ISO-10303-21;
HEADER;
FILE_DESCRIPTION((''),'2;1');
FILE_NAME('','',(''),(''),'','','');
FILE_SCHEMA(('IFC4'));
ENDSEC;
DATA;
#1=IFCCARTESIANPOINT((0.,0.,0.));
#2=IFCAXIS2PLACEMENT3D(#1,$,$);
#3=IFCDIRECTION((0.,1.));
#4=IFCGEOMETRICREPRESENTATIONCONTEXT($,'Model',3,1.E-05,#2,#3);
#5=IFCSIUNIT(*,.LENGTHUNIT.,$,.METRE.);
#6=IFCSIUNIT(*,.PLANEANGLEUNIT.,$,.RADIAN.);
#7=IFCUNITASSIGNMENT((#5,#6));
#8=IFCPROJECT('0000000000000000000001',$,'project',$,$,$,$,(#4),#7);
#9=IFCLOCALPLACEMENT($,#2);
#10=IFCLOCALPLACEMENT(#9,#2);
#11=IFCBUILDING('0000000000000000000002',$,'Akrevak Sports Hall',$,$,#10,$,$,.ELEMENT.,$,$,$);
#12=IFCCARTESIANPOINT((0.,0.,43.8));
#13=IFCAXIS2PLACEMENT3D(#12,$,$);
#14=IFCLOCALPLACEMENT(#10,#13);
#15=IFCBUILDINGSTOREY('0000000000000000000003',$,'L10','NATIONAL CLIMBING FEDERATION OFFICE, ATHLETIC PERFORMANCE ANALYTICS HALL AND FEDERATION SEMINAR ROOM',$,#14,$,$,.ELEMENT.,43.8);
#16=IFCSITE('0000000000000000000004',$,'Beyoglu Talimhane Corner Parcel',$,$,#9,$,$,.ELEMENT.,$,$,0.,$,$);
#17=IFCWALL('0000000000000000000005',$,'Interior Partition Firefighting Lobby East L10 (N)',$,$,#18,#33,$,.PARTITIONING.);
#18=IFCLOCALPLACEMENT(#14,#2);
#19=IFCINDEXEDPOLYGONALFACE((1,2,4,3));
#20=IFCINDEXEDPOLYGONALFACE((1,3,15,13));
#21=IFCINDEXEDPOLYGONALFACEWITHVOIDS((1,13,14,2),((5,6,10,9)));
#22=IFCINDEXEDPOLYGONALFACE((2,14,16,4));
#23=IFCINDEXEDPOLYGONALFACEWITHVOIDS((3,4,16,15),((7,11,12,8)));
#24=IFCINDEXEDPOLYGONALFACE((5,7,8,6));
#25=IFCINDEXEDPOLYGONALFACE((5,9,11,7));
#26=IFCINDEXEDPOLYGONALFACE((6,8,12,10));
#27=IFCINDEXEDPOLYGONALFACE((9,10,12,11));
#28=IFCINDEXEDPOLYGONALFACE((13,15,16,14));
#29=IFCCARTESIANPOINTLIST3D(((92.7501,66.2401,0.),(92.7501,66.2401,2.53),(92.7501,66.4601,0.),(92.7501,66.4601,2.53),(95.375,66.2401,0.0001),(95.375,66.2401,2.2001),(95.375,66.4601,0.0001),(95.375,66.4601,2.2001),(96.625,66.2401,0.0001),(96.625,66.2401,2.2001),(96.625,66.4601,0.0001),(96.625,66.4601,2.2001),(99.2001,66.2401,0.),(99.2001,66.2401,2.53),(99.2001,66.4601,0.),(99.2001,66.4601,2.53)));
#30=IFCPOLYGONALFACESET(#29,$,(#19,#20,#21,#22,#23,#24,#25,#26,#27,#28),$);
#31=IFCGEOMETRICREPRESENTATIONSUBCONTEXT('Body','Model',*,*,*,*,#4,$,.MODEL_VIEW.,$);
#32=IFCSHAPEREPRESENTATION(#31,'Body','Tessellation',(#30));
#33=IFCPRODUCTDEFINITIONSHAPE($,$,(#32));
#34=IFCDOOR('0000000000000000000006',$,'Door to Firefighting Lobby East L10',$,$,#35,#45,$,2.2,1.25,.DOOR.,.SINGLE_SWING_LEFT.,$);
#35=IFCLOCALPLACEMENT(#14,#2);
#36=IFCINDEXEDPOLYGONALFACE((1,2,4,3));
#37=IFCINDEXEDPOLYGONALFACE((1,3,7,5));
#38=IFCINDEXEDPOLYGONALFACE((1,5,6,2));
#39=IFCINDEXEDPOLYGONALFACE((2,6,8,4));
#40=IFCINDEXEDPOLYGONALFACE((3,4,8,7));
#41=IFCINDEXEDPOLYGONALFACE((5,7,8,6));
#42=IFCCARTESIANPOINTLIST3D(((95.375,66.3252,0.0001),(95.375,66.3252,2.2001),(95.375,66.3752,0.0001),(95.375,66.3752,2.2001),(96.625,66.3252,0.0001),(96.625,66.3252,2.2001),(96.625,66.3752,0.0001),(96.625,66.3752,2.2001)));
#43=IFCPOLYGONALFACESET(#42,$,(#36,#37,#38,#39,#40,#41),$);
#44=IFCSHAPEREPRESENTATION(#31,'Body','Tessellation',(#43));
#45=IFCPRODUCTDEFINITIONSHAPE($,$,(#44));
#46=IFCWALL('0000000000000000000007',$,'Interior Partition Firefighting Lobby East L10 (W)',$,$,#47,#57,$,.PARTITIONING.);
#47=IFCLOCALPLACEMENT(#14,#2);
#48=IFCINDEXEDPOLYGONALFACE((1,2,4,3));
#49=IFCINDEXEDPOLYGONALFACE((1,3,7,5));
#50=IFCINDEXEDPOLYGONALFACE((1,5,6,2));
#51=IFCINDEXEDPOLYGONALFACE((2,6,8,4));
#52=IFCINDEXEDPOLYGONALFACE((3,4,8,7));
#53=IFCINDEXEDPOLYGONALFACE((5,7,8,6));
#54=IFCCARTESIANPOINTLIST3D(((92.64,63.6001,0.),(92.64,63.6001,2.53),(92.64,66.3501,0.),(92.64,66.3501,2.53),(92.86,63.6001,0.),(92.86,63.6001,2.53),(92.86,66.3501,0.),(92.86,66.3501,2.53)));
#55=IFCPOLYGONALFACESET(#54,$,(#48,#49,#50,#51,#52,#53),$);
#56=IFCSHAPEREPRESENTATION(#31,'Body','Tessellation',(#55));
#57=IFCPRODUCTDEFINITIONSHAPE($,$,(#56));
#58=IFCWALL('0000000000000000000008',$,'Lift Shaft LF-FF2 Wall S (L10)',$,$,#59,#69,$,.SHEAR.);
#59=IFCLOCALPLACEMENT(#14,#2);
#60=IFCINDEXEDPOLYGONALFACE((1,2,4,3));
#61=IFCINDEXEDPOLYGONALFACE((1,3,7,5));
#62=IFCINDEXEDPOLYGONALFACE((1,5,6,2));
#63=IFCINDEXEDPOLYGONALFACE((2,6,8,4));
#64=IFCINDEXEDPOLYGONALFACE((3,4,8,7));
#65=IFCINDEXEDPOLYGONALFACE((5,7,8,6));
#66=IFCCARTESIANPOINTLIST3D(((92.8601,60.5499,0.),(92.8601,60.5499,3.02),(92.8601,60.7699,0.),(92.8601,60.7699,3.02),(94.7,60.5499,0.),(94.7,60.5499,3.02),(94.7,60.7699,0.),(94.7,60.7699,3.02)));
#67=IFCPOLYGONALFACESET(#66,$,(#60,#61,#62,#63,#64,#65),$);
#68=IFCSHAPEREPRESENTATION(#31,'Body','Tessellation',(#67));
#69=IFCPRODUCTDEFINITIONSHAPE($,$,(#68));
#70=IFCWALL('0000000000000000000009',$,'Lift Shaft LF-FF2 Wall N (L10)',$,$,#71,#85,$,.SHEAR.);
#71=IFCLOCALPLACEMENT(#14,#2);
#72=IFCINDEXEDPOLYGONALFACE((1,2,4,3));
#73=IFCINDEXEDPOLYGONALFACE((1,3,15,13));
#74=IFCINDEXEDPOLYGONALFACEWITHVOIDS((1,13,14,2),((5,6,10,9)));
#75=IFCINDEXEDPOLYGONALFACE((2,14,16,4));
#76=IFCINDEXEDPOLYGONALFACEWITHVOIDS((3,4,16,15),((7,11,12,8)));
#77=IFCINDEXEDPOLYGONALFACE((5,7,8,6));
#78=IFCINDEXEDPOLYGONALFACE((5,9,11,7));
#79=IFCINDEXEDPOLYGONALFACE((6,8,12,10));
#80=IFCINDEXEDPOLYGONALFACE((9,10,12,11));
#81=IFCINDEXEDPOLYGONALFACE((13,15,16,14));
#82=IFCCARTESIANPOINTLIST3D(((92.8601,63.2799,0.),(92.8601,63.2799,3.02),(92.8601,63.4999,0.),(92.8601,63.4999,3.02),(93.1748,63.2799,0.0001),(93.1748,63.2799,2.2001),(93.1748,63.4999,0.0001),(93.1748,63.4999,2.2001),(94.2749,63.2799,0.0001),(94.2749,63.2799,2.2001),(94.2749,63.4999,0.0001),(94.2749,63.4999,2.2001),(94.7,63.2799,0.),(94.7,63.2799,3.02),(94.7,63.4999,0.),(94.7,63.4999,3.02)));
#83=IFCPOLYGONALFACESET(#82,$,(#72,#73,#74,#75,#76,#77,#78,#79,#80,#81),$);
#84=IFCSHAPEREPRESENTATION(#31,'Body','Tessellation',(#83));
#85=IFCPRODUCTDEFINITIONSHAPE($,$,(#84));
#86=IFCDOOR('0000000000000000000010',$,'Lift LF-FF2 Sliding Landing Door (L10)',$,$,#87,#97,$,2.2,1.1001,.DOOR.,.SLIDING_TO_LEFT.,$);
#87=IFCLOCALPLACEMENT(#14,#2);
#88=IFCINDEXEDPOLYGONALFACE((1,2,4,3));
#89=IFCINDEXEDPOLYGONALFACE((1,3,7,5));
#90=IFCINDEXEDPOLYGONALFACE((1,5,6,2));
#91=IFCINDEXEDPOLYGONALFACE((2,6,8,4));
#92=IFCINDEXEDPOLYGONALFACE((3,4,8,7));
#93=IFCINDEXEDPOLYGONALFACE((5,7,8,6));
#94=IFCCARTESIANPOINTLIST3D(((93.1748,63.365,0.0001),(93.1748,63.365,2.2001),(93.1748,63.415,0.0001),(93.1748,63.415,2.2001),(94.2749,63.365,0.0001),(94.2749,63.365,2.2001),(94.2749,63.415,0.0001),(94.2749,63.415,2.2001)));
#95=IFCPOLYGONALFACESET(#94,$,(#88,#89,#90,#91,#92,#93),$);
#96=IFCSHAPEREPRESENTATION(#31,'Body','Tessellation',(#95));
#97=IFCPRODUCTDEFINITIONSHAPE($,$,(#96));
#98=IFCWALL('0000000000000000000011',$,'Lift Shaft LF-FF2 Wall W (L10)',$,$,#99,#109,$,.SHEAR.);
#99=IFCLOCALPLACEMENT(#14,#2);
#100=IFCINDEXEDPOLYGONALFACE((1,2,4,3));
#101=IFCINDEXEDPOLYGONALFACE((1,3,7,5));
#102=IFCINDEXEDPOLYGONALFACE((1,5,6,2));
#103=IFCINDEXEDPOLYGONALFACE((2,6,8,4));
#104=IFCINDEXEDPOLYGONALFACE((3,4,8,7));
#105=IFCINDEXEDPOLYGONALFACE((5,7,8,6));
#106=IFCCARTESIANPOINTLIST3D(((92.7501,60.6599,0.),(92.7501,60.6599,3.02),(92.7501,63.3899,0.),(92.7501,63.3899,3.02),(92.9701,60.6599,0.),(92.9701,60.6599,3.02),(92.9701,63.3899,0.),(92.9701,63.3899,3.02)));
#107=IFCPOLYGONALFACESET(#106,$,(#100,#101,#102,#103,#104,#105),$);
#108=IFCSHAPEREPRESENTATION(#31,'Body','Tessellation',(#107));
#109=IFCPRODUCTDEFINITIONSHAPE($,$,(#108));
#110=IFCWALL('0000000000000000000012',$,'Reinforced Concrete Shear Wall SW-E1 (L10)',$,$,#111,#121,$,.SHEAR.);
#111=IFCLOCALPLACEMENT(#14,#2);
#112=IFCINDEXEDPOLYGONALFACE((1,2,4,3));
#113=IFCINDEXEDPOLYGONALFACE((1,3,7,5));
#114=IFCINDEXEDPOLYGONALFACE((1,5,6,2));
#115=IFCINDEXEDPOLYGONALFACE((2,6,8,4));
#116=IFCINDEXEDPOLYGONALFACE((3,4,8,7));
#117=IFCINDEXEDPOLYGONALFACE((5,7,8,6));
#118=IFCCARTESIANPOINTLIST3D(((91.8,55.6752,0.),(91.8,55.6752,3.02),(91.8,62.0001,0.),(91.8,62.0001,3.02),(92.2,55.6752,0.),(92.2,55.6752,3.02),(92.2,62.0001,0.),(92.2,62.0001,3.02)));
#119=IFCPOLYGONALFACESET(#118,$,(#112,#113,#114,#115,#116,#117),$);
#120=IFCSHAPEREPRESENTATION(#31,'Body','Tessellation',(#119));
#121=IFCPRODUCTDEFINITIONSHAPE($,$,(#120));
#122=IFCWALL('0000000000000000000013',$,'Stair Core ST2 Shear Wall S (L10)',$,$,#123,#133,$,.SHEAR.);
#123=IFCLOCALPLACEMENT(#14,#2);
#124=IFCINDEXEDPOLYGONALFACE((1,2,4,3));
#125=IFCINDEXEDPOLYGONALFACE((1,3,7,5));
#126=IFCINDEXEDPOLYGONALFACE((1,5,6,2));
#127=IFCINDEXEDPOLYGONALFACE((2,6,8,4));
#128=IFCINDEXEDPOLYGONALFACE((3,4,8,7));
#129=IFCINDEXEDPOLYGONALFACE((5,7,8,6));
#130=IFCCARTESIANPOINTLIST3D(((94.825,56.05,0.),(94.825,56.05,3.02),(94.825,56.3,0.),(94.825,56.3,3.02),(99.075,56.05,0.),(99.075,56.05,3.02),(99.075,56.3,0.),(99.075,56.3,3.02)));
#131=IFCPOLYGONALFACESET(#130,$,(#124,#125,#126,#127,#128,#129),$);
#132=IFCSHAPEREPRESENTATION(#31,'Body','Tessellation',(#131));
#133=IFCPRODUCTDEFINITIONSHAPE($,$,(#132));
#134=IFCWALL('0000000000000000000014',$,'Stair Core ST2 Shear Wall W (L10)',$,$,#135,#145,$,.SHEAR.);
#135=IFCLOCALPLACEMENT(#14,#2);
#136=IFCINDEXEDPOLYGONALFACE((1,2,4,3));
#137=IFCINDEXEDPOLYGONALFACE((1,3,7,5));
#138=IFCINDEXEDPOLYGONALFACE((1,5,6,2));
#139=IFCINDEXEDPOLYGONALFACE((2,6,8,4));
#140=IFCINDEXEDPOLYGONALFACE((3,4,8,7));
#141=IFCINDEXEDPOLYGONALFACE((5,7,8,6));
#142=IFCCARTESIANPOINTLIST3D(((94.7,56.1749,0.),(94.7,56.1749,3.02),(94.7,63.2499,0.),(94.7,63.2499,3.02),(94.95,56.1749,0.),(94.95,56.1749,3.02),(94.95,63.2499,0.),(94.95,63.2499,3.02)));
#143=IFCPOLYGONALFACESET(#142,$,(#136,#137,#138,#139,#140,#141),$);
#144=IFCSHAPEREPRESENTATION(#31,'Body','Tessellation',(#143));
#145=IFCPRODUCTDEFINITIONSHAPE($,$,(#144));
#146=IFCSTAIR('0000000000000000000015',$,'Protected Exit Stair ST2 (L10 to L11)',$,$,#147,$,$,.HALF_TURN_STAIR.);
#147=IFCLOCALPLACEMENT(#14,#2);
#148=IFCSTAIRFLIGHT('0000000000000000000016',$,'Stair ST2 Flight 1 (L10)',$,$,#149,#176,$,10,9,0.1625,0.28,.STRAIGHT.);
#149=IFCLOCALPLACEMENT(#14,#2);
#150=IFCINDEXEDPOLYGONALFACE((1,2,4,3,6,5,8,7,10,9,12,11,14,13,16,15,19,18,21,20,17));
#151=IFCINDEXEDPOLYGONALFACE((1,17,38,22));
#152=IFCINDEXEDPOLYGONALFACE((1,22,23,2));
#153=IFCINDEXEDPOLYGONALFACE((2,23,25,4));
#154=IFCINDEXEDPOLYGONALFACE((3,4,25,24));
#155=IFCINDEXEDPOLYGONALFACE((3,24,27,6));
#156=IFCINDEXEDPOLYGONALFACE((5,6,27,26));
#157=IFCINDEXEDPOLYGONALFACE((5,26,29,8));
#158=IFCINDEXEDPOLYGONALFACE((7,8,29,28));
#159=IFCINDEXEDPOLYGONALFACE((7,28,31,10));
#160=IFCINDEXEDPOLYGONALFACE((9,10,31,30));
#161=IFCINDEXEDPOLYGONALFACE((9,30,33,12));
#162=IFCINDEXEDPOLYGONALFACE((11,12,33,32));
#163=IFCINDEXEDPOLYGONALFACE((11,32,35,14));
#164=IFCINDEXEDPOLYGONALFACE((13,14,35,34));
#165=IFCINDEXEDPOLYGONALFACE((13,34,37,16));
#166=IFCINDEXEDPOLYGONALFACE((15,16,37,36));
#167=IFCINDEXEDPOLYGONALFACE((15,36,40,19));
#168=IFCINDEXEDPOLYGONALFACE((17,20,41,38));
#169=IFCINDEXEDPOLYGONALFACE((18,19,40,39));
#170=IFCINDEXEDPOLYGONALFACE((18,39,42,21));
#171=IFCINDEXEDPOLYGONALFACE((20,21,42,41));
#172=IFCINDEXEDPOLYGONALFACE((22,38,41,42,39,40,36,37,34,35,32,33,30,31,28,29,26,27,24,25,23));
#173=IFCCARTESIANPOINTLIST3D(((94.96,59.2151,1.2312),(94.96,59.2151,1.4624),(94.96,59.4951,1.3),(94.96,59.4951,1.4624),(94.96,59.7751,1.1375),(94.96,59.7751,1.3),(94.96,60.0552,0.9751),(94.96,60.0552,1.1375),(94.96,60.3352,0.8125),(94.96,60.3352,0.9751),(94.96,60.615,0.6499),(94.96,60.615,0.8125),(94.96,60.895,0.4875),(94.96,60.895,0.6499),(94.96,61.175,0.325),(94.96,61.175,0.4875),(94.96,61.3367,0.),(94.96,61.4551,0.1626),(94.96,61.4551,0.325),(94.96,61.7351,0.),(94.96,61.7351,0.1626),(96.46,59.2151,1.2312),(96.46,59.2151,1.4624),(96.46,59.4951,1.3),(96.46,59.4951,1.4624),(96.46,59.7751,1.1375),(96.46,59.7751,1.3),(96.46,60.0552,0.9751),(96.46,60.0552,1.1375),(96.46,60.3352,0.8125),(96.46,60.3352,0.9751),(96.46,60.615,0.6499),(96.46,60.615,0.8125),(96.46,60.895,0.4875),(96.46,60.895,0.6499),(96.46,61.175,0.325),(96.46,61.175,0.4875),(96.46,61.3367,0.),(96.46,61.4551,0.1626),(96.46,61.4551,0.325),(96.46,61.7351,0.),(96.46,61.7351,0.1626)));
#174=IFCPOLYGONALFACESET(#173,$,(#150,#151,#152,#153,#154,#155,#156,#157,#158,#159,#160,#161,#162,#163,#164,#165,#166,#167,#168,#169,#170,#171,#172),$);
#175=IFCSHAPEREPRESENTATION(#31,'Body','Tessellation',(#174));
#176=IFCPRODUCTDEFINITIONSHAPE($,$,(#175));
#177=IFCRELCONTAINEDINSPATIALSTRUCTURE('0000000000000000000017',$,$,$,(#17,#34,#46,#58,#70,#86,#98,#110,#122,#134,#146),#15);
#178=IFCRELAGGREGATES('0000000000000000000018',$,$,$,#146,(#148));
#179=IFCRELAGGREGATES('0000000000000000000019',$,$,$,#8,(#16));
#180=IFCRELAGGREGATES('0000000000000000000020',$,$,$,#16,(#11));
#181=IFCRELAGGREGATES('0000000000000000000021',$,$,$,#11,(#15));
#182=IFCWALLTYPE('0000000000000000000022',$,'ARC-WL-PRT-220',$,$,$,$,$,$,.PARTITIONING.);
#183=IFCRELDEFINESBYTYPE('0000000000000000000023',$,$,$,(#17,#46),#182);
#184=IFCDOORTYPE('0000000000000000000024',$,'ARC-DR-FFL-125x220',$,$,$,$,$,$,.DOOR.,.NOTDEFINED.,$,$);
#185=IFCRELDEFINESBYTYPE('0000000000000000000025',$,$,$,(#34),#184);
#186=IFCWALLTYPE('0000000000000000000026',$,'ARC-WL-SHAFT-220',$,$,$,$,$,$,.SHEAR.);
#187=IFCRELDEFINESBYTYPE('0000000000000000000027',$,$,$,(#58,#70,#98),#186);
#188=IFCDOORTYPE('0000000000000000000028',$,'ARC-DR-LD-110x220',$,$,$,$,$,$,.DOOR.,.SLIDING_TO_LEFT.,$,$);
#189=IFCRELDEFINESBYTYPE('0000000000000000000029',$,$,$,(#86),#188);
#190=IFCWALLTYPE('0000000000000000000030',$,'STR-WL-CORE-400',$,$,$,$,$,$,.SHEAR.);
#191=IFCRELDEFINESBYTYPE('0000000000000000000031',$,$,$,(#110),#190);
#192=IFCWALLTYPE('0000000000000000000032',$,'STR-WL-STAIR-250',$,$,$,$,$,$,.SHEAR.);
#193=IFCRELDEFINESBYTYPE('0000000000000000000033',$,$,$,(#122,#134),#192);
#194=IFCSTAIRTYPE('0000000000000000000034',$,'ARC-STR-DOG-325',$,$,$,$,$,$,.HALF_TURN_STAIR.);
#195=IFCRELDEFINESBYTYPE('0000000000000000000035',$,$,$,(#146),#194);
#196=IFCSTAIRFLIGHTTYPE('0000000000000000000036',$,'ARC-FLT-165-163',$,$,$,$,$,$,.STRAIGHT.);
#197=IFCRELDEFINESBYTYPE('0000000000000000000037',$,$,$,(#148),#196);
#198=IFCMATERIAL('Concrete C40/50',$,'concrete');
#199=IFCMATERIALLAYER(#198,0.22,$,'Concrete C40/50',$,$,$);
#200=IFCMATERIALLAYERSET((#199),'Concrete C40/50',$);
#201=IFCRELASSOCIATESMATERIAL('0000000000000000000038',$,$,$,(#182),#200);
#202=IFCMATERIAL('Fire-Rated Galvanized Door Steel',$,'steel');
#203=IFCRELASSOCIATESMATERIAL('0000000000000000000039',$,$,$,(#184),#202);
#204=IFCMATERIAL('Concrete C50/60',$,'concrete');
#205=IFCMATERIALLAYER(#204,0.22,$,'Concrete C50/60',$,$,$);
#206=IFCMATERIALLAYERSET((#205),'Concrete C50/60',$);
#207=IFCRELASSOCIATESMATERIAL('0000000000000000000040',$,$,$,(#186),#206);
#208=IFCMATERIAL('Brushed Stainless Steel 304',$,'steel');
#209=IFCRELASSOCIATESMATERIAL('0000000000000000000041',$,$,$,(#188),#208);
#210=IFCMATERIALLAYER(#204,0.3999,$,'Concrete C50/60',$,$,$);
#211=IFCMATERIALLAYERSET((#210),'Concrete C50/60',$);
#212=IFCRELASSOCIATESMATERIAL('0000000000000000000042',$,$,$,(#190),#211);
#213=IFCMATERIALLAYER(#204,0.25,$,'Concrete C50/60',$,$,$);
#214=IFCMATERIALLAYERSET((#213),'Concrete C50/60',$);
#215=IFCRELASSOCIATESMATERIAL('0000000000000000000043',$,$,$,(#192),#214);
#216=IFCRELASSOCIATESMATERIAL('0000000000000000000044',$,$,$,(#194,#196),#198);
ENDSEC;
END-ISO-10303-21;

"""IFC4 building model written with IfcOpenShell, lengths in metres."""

from ifc_helpers import new_model, si_unit, direction, frame, frame_2d, origin, place, context, subcontext, project, spatial, polyline, rectangle, outline, extrude, material, layer, layer_set, type_object, element, fill, aggregate, save


model = new_model("IFC4")

# Units and contexts
model_context = context("Model", 3, precision=1e-05, world=origin(), true_north=direction((0.0, 1.0)))
body_context = subcontext(model_context, "Body", "Model", "MODEL_VIEW")
ifc_project = project(units=[si_unit("LENGTHUNIT", "METRE"), si_unit("PLANEANGLEUNIT", "RADIAN")], contexts=[model_context])

# Site, building, storey
site_placement = place(None, origin())
site = spatial("IfcSite", under=ifc_project, at=site_placement, Name="Beyoglu Talimhane Corner Parcel", CompositionType="ELEMENT", RefElevation=0.0)
building_placement = place(site_placement, origin())
building = spatial("IfcBuilding", under=site, at=building_placement, Name="Akrevak Sports Hall", CompositionType="ELEMENT")
storey_placement = place(building_placement, frame((0.0, 0.0, 43.8)))
storey = spatial("IfcBuildingStorey", under=building, at=storey_placement, Name="L10", Description="NATIONAL CLIMBING FEDERATION OFFICE, ATHLETIC PERFORMANCE ANALYTICS HALL AND FEDERATION SEMINAR ROOM", CompositionType="ELEMENT", Elevation=43.8)

# Shared definitions
ifc_material_1 = material(Name="Concrete C50/60", Category="concrete")
ifc_material_2 = material(Name="Concrete C40/50", Category="concrete")

# Shared definitions
ifc_layer_1 = layer(ifc_material_2, 0.22, Name="Concrete C40/50")
ifc_layer_set_1 = layer_set([ifc_layer_1], Name="Concrete C40/50")
wall_type_1 = type_object("IfcWallType", Name="ARC-WL-PRT-220", PredefinedType="PARTITIONING", material=ifc_layer_set_1)

# Wall, opening, door
wall_1_placement = place(storey_placement, frame((92.75, 66.3501, 0.0), z_axis=(0.0, 0.0, 1.0), x_axis=(1.0, 0.0, 0.0)))
wall_1 = element("IfcWall", 1, at=wall_1_placement, inside=storey, type_object=wall_type_1, Name="Interior Partition Firefighting Lobby East L10 (N)", PredefinedType="PARTITIONING", context=body_context, shape_type="SweptSolid", body=[
    extrude(rectangle(XDim=6.45, YDim=0.22, at=frame_2d((3.2251, 0.0))), origin(), (0.0, 0.0, 1.0), 2.53),
])
opening_1_placement = place(wall_1_placement, frame((2.625, 0.0, 0.0)))
opening_1 = element("IfcOpeningElement", 2, at=opening_1_placement, cuts=wall_1, PredefinedType="OPENING", context=body_context, shape_type="SweptSolid", body=[
    extrude(rectangle(XDim=1.25, YDim=2.2, at=frame_2d((0.625, 1.1001))), frame((0.0, 0.1221, 0.0), z_axis=(0.0, -1.0, 0.0), x_axis=(1.0, 0.0, 0.0)), (0.0, 0.0, 1.0), 0.2439),
])
ifc_material_3 = material(Name="Fire-Rated Galvanized Door Steel", Category="steel")
door_type_1 = type_object("IfcDoorType", Name="ARC-DR-FFL-125x220", OperationType="NOTDEFINED", PredefinedType="DOOR", material=ifc_material_3)
door_1_placement = place(opening_1_placement, frame((1.25, 0.0, 0.0), z_axis=(0.0, 0.0, 1.0), x_axis=(-1.0, 0.0, 0.0)))
door_1 = element("IfcDoor", 3, at=door_1_placement, inside=storey, type_object=door_type_1, Name="Door to Firefighting Lobby East L10", OperationType="SINGLE_SWING_LEFT", OverallHeight=2.2, OverallWidth=1.25, PredefinedType="DOOR", context=body_context, shape_type="SweptSolid", body=[
    extrude(rectangle(XDim=1.25, YDim=2.2, at=frame_2d((0.625, 1.1001))), frame((0.0, 0.0249, 0.0), z_axis=(0.0, -1.0, 0.0), x_axis=(1.0, 0.0, 0.0)), (0.0, 0.0, 1.0), 0.05),
])
fill(opening_1, door_1)

# Walls
wall_2_placement = place(storey_placement, frame((92.75, 63.6001, 0.0), z_axis=(0.0, 0.0, 1.0), x_axis=(0.0, 1.0, 0.0)))
element("IfcWall", 4, at=wall_2_placement, inside=storey, type_object=wall_type_1, Name="Interior Partition Firefighting Lobby East L10 (W)", PredefinedType="PARTITIONING", context=body_context, shape_type="SweptSolid", body=[
    extrude(rectangle(XDim=2.75, YDim=0.22, at=frame_2d((1.375, 0.0))), origin(), (0.0, 0.0, 1.0), 2.53),
])
ifc_layer_2 = layer(ifc_material_1, 0.22, Name="Concrete C50/60")
ifc_layer_set_2 = layer_set([ifc_layer_2], Name="Concrete C50/60")
wall_type_2 = type_object("IfcWallType", Name="ARC-WL-SHAFT-220", PredefinedType="SHEAR", material=ifc_layer_set_2)
wall_3_placement = place(storey_placement, frame((92.8601, 60.6599, 0.0), z_axis=(0.0, 0.0, 1.0), x_axis=(1.0, 0.0, 0.0)))
element("IfcWall", 5, at=wall_3_placement, inside=storey, type_object=wall_type_2, Name="Lift Shaft LF-FF2 Wall S (L10)", PredefinedType="SHEAR", context=body_context, shape_type="SweptSolid", body=[
    extrude(rectangle(XDim=1.8398, YDim=0.22, at=frame_2d((0.9199, 0.0))), origin(), (0.0, 0.0, 1.0), 3.02),
])

# Wall, opening, door
wall_4_placement = place(storey_placement, frame((94.7, 63.3899, 0.0), z_axis=(0.0, 0.0, 1.0), x_axis=(-1.0, 0.0, 0.0)))
wall_4 = element("IfcWall", 6, at=wall_4_placement, inside=storey, type_object=wall_type_2, Name="Lift Shaft LF-FF2 Wall N (L10)", PredefinedType="SHEAR", context=body_context, shape_type="SweptSolid", body=[
    extrude(rectangle(XDim=1.8398, YDim=0.22, at=frame_2d((0.9199, 0.0))), origin(), (0.0, 0.0, 1.0), 3.02),
])
opening_2_placement = place(wall_4_placement, frame((0.425, 0.0, 0.0)))
opening_2 = element("IfcOpeningElement", 7, at=opening_2_placement, cuts=wall_4, PredefinedType="OPENING", context=body_context, shape_type="SweptSolid", body=[
    extrude(rectangle(XDim=1.1001, YDim=2.2, at=frame_2d((0.55, 1.1001))), frame((0.0, 0.1221, 0.0), z_axis=(0.0, -1.0, 0.0), x_axis=(1.0, 0.0, 0.0)), (0.0, 0.0, 1.0), 0.2439),
])
ifc_material_4 = material(Name="Brushed Stainless Steel 304", Category="steel")
door_type_2 = type_object("IfcDoorType", Name="ARC-DR-LD-110x220", OperationType="SLIDING_TO_LEFT", PredefinedType="DOOR", material=ifc_material_4)
door_2_placement = place(opening_2_placement, origin())
door_2 = element("IfcDoor", 8, at=door_2_placement, inside=storey, type_object=door_type_2, Name="Lift LF-FF2 Sliding Landing Door (L10)", OperationType="SLIDING_TO_LEFT", OverallHeight=2.2, OverallWidth=1.1001, PredefinedType="DOOR", context=body_context, shape_type="SweptSolid", body=[
    extrude(rectangle(XDim=1.1001, YDim=2.2, at=frame_2d((0.55, 1.1001))), frame((0.0, 0.0249, 0.0), z_axis=(0.0, -1.0, 0.0), x_axis=(1.0, 0.0, 0.0)), (0.0, 0.0, 1.0), 0.05),
])
fill(opening_2, door_2)

# Walls
wall_5_placement = place(storey_placement, frame((92.8601, 63.3899, 0.0), z_axis=(0.0, 0.0, 1.0), x_axis=(0.0, -1.0, 0.0)))
element("IfcWall", 9, at=wall_5_placement, inside=storey, type_object=wall_type_2, Name="Lift Shaft LF-FF2 Wall W (L10)", PredefinedType="SHEAR", context=body_context, shape_type="SweptSolid", body=[
    extrude(rectangle(XDim=2.73, YDim=0.22, at=frame_2d((1.365, 0.0))), origin(), (0.0, 0.0, 1.0), 3.02),
])
ifc_layer_3 = layer(ifc_material_1, 0.3999, Name="Concrete C50/60")
ifc_layer_set_3 = layer_set([ifc_layer_3], Name="Concrete C50/60")
wall_type_3 = type_object("IfcWallType", Name="STR-WL-CORE-400", PredefinedType="SHEAR", material=ifc_layer_set_3)
wall_6_placement = place(storey_placement, frame((92.0, 55.675, 0.0), z_axis=(0.0, 0.0, 1.0), x_axis=(0.0, 1.0, 0.0)))
element("IfcWall", 10, at=wall_6_placement, inside=storey, type_object=wall_type_3, Name="Reinforced Concrete Shear Wall SW-E1 (L10)", PredefinedType="SHEAR", context=body_context, shape_type="SweptSolid", body=[
    extrude(rectangle(XDim=6.325, YDim=0.3999, at=frame_2d((3.1626, 0.0))), origin(), (0.0, 0.0, 1.0), 3.02),
])
ifc_layer_4 = layer(ifc_material_1, 0.25, Name="Concrete C50/60")
ifc_layer_set_4 = layer_set([ifc_layer_4], Name="Concrete C50/60")
wall_type_4 = type_object("IfcWallType", Name="STR-WL-STAIR-250", PredefinedType="SHEAR", material=ifc_layer_set_4)
wall_7_placement = place(storey_placement, frame((94.825, 56.175, 0.0), z_axis=(0.0, 0.0, 1.0), x_axis=(1.0, 0.0, 0.0)))
element("IfcWall", 11, at=wall_7_placement, inside=storey, type_object=wall_type_4, Name="Stair Core ST2 Shear Wall S (L10)", PredefinedType="SHEAR", context=body_context, shape_type="SweptSolid", body=[
    extrude(rectangle(XDim=4.25, YDim=0.25, at=frame_2d((2.125, 0.0))), origin(), (0.0, 0.0, 1.0), 3.02),
])
wall_8_placement = place(storey_placement, frame((94.825, 63.25, 0.0), z_axis=(0.0, 0.0, 1.0), x_axis=(0.0, -1.0, 0.0)))
element("IfcWall", 12, at=wall_8_placement, inside=storey, type_object=wall_type_4, Name="Stair Core ST2 Shear Wall W (L10)", PredefinedType="SHEAR", context=body_context, shape_type="SweptSolid", body=[
    extrude(rectangle(XDim=7.075, YDim=0.25, at=frame_2d((3.5376, 0.0))), origin(), (0.0, 0.0, 1.0), 3.02),
])

# Stair, stair flight
stair_type = type_object("IfcStairType", Name="ARC-STR-DOG-325", PredefinedType="HALF_TURN_STAIR", material=ifc_material_2)
stair_placement = place(storey_placement, origin())
stair = element("IfcStair", 13, at=stair_placement, inside=storey, type_object=stair_type, Name="Protected Exit Stair ST2 (L10 to L11)", PredefinedType="HALF_TURN_STAIR")
stair_flight_type = type_object("IfcStairFlightType", Name="ARC-FLT-165-163", PredefinedType="STRAIGHT", material=ifc_material_2)
stair_flight_placement = place(storey_placement, frame((95.71, 61.7351, 0.0), z_axis=(0.0, 0.0, 1.0), x_axis=(0.0, -1.0, 0.0)))
stair_flight = element("IfcStairFlight", 14, at=stair_flight_placement, type_object=stair_flight_type, Name="Stair ST2 Flight 1 (L10)", NumberOfRisers=10, NumberOfTreads=9, PredefinedType="STRAIGHT", RiserHeight=0.1625, TreadLength=0.28, context=body_context, shape_type="SweptSolid", body=[
    extrude(outline(polyline([(0.0, 0.0), (0.0, 0.1626), (0.28, 0.1626), (0.28, 0.325), (0.5601, 0.325), (0.5601, 0.4875), (0.8401, 0.4875), (0.8401, 0.6499), (1.1201, 0.6499), (1.1201, 0.8125), (1.3999, 0.8125), (1.3999, 0.9751), (1.6799, 0.9751), (1.6799, 1.1375), (1.96, 1.1375), (1.96, 1.3), (2.24, 1.3), (2.24, 1.4624), (2.52, 1.4624), (2.52, 1.625), (2.52, 1.2312), (0.3984, 0.0), (0.0, 0.0)])), frame((0.0, 0.75, 0.0), z_axis=(0.0, -1.0, 0.0), x_axis=(1.0, 0.0, 0.0)), (0.0, 0.0, 1.0), 1.5),
])
aggregate(stair, [stair_flight])

save(model, "model.ifc")
